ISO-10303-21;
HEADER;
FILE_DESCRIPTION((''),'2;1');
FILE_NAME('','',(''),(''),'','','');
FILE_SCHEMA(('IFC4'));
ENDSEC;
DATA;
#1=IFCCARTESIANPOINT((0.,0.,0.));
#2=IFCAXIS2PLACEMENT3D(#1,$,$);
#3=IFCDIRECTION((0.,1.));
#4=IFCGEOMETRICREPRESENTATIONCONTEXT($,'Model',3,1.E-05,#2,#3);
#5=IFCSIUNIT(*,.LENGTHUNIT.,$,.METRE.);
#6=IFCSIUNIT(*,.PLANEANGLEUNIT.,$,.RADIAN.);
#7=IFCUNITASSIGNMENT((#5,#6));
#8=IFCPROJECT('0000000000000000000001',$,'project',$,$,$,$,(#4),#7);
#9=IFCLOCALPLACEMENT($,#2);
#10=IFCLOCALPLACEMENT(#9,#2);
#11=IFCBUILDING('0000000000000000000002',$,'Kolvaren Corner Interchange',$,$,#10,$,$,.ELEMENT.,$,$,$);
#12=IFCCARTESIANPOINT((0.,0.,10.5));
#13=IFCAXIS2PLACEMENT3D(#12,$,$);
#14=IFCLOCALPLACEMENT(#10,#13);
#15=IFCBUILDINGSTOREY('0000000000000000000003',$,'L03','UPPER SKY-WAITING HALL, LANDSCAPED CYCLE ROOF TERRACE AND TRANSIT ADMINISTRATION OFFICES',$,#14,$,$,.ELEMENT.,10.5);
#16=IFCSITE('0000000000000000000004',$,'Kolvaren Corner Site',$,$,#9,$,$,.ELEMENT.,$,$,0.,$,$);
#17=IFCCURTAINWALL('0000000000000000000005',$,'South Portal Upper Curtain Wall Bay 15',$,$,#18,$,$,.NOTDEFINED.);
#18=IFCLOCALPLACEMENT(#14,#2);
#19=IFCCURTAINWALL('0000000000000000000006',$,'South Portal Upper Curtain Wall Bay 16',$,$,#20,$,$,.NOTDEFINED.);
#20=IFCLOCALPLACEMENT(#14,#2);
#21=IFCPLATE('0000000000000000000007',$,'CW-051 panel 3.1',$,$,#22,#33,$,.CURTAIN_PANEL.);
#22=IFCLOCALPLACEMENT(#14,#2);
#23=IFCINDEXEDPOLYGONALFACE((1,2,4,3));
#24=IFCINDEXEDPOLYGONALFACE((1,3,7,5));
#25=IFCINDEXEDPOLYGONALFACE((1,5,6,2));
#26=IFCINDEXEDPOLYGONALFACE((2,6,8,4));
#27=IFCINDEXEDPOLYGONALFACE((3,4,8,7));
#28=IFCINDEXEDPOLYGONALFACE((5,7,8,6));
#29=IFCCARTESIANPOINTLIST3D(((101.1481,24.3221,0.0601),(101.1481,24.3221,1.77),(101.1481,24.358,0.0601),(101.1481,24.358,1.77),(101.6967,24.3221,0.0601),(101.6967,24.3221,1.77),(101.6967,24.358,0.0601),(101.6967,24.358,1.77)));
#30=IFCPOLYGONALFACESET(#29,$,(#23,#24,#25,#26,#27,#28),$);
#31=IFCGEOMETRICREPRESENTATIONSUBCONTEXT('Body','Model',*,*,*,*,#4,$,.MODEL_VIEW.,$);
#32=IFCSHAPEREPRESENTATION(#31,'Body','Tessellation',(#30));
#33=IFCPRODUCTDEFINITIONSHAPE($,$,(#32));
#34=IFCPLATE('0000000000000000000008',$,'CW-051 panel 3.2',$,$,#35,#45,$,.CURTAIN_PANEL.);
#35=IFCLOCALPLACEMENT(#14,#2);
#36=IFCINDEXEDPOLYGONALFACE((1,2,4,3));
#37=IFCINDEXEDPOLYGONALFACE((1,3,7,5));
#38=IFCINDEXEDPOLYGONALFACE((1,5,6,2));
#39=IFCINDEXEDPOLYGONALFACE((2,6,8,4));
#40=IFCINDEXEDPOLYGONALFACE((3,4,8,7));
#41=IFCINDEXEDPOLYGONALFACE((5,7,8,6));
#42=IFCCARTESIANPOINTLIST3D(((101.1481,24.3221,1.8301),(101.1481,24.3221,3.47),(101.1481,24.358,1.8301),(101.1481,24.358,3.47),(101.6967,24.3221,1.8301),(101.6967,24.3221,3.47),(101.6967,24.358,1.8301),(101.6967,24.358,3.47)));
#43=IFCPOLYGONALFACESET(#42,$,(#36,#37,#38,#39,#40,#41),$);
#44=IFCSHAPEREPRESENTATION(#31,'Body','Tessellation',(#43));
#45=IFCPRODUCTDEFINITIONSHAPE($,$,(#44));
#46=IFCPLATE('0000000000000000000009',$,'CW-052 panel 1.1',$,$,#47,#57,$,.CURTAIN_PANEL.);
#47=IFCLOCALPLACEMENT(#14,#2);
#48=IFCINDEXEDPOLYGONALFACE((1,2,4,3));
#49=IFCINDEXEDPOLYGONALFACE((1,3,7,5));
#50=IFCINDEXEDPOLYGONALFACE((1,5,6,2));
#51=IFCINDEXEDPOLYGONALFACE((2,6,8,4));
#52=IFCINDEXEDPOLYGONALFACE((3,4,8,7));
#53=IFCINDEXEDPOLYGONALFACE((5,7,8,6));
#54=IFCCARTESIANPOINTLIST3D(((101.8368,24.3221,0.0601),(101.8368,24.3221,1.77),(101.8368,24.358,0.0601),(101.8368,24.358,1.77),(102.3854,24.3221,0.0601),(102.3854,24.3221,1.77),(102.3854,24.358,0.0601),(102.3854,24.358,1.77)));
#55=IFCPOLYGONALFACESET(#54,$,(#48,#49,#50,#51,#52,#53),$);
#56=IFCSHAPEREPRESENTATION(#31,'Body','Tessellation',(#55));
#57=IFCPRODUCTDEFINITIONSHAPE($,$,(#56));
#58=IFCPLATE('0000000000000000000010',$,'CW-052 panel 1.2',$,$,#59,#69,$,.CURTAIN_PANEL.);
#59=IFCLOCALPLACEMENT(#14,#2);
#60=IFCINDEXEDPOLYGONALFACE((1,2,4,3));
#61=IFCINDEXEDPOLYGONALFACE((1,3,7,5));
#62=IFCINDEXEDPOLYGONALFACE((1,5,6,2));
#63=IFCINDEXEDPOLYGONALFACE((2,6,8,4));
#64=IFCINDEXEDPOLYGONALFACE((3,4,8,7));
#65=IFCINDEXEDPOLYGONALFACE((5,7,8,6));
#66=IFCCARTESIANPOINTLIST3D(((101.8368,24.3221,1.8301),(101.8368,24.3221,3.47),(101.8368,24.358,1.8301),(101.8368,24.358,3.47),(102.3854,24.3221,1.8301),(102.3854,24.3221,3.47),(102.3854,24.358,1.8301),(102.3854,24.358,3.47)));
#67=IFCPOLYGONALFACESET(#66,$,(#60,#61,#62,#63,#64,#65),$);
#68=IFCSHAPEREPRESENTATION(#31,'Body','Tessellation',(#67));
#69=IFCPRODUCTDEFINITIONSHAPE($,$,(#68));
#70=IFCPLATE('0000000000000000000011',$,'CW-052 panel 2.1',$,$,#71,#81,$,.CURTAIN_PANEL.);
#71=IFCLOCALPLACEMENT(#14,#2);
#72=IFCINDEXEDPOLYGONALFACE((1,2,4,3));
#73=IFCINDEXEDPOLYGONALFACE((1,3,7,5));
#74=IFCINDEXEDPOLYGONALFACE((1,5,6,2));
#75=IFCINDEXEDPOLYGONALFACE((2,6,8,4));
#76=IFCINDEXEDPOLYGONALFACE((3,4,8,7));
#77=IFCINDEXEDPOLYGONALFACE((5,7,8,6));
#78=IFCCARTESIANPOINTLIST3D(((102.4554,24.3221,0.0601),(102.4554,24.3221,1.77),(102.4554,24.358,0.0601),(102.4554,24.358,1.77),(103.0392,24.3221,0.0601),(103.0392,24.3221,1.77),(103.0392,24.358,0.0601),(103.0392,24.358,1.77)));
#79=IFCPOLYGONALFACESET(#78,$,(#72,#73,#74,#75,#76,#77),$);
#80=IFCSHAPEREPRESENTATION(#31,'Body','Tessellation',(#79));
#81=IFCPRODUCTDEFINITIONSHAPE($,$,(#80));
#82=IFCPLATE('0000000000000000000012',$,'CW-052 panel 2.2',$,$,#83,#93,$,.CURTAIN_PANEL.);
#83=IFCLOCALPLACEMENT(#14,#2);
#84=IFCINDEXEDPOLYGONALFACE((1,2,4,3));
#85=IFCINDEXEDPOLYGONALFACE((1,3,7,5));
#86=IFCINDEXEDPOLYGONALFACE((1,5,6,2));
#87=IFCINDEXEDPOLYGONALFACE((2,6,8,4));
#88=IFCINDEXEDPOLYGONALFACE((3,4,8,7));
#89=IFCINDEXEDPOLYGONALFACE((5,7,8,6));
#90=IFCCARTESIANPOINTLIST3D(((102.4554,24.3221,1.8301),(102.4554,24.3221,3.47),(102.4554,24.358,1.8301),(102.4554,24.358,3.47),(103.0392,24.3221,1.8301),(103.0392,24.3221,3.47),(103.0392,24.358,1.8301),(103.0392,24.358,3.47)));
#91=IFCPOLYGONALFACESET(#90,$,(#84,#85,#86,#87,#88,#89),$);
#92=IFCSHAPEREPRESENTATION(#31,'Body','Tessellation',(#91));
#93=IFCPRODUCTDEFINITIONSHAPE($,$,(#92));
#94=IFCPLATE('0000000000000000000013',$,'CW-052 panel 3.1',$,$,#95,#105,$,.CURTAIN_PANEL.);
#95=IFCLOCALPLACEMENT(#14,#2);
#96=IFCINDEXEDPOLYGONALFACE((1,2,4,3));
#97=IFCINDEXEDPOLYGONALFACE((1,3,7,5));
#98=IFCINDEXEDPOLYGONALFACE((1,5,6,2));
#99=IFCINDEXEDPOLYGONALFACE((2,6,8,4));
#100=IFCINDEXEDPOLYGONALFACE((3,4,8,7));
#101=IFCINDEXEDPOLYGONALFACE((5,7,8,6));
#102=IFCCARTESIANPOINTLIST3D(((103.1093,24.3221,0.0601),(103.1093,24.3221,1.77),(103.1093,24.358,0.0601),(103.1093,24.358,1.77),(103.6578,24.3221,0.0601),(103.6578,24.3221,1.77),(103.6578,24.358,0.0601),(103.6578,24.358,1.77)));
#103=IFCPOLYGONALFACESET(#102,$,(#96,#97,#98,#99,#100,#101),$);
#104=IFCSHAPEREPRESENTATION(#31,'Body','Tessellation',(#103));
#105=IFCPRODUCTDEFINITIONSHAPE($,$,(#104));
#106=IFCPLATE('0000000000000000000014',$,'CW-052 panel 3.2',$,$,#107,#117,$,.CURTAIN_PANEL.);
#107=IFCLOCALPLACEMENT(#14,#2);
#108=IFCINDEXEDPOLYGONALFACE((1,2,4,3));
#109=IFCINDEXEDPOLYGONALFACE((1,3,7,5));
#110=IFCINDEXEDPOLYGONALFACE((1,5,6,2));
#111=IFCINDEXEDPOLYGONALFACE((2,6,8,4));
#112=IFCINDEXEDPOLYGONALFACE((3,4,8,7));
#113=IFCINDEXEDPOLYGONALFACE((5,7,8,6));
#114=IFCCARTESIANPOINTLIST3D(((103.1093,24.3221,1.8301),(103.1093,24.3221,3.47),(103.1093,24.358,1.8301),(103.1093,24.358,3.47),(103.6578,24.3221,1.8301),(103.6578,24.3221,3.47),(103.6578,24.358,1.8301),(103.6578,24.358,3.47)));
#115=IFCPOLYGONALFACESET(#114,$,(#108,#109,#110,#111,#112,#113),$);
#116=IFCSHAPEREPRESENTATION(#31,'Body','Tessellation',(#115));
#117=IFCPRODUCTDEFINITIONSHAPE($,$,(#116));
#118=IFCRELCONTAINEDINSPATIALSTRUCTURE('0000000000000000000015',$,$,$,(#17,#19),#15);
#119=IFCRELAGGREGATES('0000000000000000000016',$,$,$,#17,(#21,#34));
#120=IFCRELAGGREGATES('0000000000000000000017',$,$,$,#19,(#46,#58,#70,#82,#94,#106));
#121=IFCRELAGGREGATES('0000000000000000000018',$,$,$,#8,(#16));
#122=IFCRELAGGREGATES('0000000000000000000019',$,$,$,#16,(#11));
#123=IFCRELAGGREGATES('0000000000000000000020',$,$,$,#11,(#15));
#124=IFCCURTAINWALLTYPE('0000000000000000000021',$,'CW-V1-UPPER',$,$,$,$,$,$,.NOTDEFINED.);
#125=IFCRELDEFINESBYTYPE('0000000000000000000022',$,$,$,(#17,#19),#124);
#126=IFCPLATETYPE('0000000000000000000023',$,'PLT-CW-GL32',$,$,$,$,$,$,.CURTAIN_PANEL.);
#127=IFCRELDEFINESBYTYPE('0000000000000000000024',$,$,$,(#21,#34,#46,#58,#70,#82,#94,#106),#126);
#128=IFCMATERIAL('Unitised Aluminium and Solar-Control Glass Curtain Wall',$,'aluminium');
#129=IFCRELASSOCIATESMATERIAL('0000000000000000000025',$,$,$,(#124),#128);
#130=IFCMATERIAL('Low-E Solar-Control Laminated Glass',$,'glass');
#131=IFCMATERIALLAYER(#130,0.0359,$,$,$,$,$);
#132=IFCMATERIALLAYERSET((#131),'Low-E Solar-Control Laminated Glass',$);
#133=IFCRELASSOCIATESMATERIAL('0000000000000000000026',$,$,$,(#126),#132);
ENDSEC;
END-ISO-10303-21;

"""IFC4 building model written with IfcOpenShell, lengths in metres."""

from ifc_helpers import new_model, si_unit, direction, frame, origin, origin_2d, place, context, subcontext, project, spatial, rectangle, extrude, material, layer, layer_set, type_object, element, aggregate, save


model = new_model("IFC4")

# Units and contexts
model_context = context("Model", 3, precision=1e-05, world=origin(), true_north=direction((0.0, 1.0)))
body_context = subcontext(model_context, "Body", "Model", "MODEL_VIEW")
ifc_project = project(units=[si_unit("LENGTHUNIT", "METRE"), si_unit("PLANEANGLEUNIT", "RADIAN")], contexts=[model_context])

# Site, building, storey
site_placement = place(None, origin())
site = spatial("IfcSite", under=ifc_project, at=site_placement, Name="Kolvaren Corner Site", CompositionType="ELEMENT", RefElevation=0.0)
building_placement = place(site_placement, origin())
building = spatial("IfcBuilding", under=site, at=building_placement, Name="Kolvaren Corner Interchange", CompositionType="ELEMENT")
storey_placement = place(building_placement, frame((0.0, 0.0, 10.5)))
storey = spatial("IfcBuildingStorey", under=building, at=storey_placement, Name="L03", Description="UPPER SKY-WAITING HALL, LANDSCAPED CYCLE ROOF TERRACE AND TRANSIT ADMINISTRATION OFFICES", CompositionType="ELEMENT", Elevation=10.5)

# Curtain wall
ifc_material_1 = material(Name="Unitised Aluminium and Solar-Control Glass Curtain Wall", Category="aluminium")
curtain_wall_type = type_object("IfcCurtainWallType", Name="CW-V1-UPPER", PredefinedType="NOTDEFINED", material=ifc_material_1)
curtain_wall_1_placement = place(storey_placement, origin())
curtain_wall_1 = element("IfcCurtainWall", 1, at=curtain_wall_1_placement, inside=storey, type_object=curtain_wall_type, Name="South Portal Upper Curtain Wall Bay 15", PredefinedType="NOTDEFINED")

# Curtain wall
curtain_wall_2_placement = place(storey_placement, origin())
curtain_wall_2 = element("IfcCurtainWall", 2, at=curtain_wall_2_placement, inside=storey, type_object=curtain_wall_type, Name="South Portal Upper Curtain Wall Bay 16", PredefinedType="NOTDEFINED")

# Plates
ifc_material_2 = material(Name="Low-E Solar-Control Laminated Glass", Category="glass")
ifc_layer = layer(ifc_material_2, 0.0359)
ifc_layer_set = layer_set([ifc_layer], Name="Low-E Solar-Control Laminated Glass")
plate_type = type_object("IfcPlateType", Name="PLT-CW-GL32", PredefinedType="CURTAIN_PANEL", material=ifc_layer_set)
plate_1_placement = place(storey_placement, frame((101.4224, 24.3401, 0.0601), z_axis=(0.0, 0.0, 1.0), x_axis=(1.0, 0.0, 0.0)))
plate_1 = element("IfcPlate", 3, at=plate_1_placement, type_object=plate_type, Name="CW-051 panel 3.1", PredefinedType="CURTAIN_PANEL", context=body_context, shape_type="SweptSolid", body=[
    extrude(rectangle(XDim=0.5486, YDim=0.0359, at=origin_2d()), origin(), (0.0, 0.0, 1.0), 1.71),
])
plate_2_placement = place(storey_placement, frame((101.4224, 24.3401, 1.8301), z_axis=(0.0, 0.0, 1.0), x_axis=(1.0, 0.0, 0.0)))
plate_2 = element("IfcPlate", 4, at=plate_2_placement, type_object=plate_type, Name="CW-051 panel 3.2", PredefinedType="CURTAIN_PANEL", context=body_context, shape_type="SweptSolid", body=[
    extrude(rectangle(XDim=0.5486, YDim=0.0359, at=origin_2d()), origin(), (0.0, 0.0, 1.0), 1.6399),
])
aggregate(curtain_wall_1, [plate_1, plate_2])
plate_3_placement = place(storey_placement, frame((102.1111, 24.3401, 0.0601), z_axis=(0.0, 0.0, 1.0), x_axis=(1.0, 0.0, 0.0)))
plate_3 = element("IfcPlate", 5, at=plate_3_placement, type_object=plate_type, Name="CW-052 panel 1.1", PredefinedType="CURTAIN_PANEL", context=body_context, shape_type="SweptSolid", body=[
    extrude(rectangle(XDim=0.5486, YDim=0.0359, at=origin_2d()), origin(), (0.0, 0.0, 1.0), 1.71),
])
plate_4_placement = place(storey_placement, frame((102.1111, 24.3401, 1.8301), z_axis=(0.0, 0.0, 1.0), x_axis=(1.0, 0.0, 0.0)))
plate_4 = element("IfcPlate", 6, at=plate_4_placement, type_object=plate_type, Name="CW-052 panel 1.2", PredefinedType="CURTAIN_PANEL", context=body_context, shape_type="SweptSolid", body=[
    extrude(rectangle(XDim=0.5486, YDim=0.0359, at=origin_2d()), origin(), (0.0, 0.0, 1.0), 1.6399),
])
plate_5_placement = place(storey_placement, frame((102.7473, 24.3401, 0.0601), z_axis=(0.0, 0.0, 1.0), x_axis=(1.0, 0.0, 0.0)))
plate_5 = element("IfcPlate", 7, at=plate_5_placement, type_object=plate_type, Name="CW-052 panel 2.1", PredefinedType="CURTAIN_PANEL", context=body_context, shape_type="SweptSolid", body=[
    extrude(rectangle(XDim=0.5837, YDim=0.0359, at=origin_2d()), origin(), (0.0, 0.0, 1.0), 1.71),
])
plate_6_placement = place(storey_placement, frame((102.7473, 24.3401, 1.8301), z_axis=(0.0, 0.0, 1.0), x_axis=(1.0, 0.0, 0.0)))
plate_6 = element("IfcPlate", 8, at=plate_6_placement, type_object=plate_type, Name="CW-052 panel 2.2", PredefinedType="CURTAIN_PANEL", context=body_context, shape_type="SweptSolid", body=[
    extrude(rectangle(XDim=0.5837, YDim=0.0359, at=origin_2d()), origin(), (0.0, 0.0, 1.0), 1.6399),
])
plate_7_placement = place(storey_placement, frame((103.3835, 24.3401, 0.0601), z_axis=(0.0, 0.0, 1.0), x_axis=(1.0, 0.0, 0.0)))
plate_7 = element("IfcPlate", 9, at=plate_7_placement, type_object=plate_type, Name="CW-052 panel 3.1", PredefinedType="CURTAIN_PANEL", context=body_context, shape_type="SweptSolid", body=[
    extrude(rectangle(XDim=0.5486, YDim=0.0359, at=origin_2d()), origin(), (0.0, 0.0, 1.0), 1.71),
])
plate_8_placement = place(storey_placement, frame((103.3835, 24.3401, 1.8301), z_axis=(0.0, 0.0, 1.0), x_axis=(1.0, 0.0, 0.0)))
plate_8 = element("IfcPlate", 10, at=plate_8_placement, type_object=plate_type, Name="CW-052 panel 3.2", PredefinedType="CURTAIN_PANEL", context=body_context, shape_type="SweptSolid", body=[
    extrude(rectangle(XDim=0.5486, YDim=0.0359, at=origin_2d()), origin(), (0.0, 0.0, 1.0), 1.6399),
])
aggregate(curtain_wall_2, [plate_3, plate_4, plate_5, plate_6, plate_7, plate_8])

save(model, "model.ifc")
